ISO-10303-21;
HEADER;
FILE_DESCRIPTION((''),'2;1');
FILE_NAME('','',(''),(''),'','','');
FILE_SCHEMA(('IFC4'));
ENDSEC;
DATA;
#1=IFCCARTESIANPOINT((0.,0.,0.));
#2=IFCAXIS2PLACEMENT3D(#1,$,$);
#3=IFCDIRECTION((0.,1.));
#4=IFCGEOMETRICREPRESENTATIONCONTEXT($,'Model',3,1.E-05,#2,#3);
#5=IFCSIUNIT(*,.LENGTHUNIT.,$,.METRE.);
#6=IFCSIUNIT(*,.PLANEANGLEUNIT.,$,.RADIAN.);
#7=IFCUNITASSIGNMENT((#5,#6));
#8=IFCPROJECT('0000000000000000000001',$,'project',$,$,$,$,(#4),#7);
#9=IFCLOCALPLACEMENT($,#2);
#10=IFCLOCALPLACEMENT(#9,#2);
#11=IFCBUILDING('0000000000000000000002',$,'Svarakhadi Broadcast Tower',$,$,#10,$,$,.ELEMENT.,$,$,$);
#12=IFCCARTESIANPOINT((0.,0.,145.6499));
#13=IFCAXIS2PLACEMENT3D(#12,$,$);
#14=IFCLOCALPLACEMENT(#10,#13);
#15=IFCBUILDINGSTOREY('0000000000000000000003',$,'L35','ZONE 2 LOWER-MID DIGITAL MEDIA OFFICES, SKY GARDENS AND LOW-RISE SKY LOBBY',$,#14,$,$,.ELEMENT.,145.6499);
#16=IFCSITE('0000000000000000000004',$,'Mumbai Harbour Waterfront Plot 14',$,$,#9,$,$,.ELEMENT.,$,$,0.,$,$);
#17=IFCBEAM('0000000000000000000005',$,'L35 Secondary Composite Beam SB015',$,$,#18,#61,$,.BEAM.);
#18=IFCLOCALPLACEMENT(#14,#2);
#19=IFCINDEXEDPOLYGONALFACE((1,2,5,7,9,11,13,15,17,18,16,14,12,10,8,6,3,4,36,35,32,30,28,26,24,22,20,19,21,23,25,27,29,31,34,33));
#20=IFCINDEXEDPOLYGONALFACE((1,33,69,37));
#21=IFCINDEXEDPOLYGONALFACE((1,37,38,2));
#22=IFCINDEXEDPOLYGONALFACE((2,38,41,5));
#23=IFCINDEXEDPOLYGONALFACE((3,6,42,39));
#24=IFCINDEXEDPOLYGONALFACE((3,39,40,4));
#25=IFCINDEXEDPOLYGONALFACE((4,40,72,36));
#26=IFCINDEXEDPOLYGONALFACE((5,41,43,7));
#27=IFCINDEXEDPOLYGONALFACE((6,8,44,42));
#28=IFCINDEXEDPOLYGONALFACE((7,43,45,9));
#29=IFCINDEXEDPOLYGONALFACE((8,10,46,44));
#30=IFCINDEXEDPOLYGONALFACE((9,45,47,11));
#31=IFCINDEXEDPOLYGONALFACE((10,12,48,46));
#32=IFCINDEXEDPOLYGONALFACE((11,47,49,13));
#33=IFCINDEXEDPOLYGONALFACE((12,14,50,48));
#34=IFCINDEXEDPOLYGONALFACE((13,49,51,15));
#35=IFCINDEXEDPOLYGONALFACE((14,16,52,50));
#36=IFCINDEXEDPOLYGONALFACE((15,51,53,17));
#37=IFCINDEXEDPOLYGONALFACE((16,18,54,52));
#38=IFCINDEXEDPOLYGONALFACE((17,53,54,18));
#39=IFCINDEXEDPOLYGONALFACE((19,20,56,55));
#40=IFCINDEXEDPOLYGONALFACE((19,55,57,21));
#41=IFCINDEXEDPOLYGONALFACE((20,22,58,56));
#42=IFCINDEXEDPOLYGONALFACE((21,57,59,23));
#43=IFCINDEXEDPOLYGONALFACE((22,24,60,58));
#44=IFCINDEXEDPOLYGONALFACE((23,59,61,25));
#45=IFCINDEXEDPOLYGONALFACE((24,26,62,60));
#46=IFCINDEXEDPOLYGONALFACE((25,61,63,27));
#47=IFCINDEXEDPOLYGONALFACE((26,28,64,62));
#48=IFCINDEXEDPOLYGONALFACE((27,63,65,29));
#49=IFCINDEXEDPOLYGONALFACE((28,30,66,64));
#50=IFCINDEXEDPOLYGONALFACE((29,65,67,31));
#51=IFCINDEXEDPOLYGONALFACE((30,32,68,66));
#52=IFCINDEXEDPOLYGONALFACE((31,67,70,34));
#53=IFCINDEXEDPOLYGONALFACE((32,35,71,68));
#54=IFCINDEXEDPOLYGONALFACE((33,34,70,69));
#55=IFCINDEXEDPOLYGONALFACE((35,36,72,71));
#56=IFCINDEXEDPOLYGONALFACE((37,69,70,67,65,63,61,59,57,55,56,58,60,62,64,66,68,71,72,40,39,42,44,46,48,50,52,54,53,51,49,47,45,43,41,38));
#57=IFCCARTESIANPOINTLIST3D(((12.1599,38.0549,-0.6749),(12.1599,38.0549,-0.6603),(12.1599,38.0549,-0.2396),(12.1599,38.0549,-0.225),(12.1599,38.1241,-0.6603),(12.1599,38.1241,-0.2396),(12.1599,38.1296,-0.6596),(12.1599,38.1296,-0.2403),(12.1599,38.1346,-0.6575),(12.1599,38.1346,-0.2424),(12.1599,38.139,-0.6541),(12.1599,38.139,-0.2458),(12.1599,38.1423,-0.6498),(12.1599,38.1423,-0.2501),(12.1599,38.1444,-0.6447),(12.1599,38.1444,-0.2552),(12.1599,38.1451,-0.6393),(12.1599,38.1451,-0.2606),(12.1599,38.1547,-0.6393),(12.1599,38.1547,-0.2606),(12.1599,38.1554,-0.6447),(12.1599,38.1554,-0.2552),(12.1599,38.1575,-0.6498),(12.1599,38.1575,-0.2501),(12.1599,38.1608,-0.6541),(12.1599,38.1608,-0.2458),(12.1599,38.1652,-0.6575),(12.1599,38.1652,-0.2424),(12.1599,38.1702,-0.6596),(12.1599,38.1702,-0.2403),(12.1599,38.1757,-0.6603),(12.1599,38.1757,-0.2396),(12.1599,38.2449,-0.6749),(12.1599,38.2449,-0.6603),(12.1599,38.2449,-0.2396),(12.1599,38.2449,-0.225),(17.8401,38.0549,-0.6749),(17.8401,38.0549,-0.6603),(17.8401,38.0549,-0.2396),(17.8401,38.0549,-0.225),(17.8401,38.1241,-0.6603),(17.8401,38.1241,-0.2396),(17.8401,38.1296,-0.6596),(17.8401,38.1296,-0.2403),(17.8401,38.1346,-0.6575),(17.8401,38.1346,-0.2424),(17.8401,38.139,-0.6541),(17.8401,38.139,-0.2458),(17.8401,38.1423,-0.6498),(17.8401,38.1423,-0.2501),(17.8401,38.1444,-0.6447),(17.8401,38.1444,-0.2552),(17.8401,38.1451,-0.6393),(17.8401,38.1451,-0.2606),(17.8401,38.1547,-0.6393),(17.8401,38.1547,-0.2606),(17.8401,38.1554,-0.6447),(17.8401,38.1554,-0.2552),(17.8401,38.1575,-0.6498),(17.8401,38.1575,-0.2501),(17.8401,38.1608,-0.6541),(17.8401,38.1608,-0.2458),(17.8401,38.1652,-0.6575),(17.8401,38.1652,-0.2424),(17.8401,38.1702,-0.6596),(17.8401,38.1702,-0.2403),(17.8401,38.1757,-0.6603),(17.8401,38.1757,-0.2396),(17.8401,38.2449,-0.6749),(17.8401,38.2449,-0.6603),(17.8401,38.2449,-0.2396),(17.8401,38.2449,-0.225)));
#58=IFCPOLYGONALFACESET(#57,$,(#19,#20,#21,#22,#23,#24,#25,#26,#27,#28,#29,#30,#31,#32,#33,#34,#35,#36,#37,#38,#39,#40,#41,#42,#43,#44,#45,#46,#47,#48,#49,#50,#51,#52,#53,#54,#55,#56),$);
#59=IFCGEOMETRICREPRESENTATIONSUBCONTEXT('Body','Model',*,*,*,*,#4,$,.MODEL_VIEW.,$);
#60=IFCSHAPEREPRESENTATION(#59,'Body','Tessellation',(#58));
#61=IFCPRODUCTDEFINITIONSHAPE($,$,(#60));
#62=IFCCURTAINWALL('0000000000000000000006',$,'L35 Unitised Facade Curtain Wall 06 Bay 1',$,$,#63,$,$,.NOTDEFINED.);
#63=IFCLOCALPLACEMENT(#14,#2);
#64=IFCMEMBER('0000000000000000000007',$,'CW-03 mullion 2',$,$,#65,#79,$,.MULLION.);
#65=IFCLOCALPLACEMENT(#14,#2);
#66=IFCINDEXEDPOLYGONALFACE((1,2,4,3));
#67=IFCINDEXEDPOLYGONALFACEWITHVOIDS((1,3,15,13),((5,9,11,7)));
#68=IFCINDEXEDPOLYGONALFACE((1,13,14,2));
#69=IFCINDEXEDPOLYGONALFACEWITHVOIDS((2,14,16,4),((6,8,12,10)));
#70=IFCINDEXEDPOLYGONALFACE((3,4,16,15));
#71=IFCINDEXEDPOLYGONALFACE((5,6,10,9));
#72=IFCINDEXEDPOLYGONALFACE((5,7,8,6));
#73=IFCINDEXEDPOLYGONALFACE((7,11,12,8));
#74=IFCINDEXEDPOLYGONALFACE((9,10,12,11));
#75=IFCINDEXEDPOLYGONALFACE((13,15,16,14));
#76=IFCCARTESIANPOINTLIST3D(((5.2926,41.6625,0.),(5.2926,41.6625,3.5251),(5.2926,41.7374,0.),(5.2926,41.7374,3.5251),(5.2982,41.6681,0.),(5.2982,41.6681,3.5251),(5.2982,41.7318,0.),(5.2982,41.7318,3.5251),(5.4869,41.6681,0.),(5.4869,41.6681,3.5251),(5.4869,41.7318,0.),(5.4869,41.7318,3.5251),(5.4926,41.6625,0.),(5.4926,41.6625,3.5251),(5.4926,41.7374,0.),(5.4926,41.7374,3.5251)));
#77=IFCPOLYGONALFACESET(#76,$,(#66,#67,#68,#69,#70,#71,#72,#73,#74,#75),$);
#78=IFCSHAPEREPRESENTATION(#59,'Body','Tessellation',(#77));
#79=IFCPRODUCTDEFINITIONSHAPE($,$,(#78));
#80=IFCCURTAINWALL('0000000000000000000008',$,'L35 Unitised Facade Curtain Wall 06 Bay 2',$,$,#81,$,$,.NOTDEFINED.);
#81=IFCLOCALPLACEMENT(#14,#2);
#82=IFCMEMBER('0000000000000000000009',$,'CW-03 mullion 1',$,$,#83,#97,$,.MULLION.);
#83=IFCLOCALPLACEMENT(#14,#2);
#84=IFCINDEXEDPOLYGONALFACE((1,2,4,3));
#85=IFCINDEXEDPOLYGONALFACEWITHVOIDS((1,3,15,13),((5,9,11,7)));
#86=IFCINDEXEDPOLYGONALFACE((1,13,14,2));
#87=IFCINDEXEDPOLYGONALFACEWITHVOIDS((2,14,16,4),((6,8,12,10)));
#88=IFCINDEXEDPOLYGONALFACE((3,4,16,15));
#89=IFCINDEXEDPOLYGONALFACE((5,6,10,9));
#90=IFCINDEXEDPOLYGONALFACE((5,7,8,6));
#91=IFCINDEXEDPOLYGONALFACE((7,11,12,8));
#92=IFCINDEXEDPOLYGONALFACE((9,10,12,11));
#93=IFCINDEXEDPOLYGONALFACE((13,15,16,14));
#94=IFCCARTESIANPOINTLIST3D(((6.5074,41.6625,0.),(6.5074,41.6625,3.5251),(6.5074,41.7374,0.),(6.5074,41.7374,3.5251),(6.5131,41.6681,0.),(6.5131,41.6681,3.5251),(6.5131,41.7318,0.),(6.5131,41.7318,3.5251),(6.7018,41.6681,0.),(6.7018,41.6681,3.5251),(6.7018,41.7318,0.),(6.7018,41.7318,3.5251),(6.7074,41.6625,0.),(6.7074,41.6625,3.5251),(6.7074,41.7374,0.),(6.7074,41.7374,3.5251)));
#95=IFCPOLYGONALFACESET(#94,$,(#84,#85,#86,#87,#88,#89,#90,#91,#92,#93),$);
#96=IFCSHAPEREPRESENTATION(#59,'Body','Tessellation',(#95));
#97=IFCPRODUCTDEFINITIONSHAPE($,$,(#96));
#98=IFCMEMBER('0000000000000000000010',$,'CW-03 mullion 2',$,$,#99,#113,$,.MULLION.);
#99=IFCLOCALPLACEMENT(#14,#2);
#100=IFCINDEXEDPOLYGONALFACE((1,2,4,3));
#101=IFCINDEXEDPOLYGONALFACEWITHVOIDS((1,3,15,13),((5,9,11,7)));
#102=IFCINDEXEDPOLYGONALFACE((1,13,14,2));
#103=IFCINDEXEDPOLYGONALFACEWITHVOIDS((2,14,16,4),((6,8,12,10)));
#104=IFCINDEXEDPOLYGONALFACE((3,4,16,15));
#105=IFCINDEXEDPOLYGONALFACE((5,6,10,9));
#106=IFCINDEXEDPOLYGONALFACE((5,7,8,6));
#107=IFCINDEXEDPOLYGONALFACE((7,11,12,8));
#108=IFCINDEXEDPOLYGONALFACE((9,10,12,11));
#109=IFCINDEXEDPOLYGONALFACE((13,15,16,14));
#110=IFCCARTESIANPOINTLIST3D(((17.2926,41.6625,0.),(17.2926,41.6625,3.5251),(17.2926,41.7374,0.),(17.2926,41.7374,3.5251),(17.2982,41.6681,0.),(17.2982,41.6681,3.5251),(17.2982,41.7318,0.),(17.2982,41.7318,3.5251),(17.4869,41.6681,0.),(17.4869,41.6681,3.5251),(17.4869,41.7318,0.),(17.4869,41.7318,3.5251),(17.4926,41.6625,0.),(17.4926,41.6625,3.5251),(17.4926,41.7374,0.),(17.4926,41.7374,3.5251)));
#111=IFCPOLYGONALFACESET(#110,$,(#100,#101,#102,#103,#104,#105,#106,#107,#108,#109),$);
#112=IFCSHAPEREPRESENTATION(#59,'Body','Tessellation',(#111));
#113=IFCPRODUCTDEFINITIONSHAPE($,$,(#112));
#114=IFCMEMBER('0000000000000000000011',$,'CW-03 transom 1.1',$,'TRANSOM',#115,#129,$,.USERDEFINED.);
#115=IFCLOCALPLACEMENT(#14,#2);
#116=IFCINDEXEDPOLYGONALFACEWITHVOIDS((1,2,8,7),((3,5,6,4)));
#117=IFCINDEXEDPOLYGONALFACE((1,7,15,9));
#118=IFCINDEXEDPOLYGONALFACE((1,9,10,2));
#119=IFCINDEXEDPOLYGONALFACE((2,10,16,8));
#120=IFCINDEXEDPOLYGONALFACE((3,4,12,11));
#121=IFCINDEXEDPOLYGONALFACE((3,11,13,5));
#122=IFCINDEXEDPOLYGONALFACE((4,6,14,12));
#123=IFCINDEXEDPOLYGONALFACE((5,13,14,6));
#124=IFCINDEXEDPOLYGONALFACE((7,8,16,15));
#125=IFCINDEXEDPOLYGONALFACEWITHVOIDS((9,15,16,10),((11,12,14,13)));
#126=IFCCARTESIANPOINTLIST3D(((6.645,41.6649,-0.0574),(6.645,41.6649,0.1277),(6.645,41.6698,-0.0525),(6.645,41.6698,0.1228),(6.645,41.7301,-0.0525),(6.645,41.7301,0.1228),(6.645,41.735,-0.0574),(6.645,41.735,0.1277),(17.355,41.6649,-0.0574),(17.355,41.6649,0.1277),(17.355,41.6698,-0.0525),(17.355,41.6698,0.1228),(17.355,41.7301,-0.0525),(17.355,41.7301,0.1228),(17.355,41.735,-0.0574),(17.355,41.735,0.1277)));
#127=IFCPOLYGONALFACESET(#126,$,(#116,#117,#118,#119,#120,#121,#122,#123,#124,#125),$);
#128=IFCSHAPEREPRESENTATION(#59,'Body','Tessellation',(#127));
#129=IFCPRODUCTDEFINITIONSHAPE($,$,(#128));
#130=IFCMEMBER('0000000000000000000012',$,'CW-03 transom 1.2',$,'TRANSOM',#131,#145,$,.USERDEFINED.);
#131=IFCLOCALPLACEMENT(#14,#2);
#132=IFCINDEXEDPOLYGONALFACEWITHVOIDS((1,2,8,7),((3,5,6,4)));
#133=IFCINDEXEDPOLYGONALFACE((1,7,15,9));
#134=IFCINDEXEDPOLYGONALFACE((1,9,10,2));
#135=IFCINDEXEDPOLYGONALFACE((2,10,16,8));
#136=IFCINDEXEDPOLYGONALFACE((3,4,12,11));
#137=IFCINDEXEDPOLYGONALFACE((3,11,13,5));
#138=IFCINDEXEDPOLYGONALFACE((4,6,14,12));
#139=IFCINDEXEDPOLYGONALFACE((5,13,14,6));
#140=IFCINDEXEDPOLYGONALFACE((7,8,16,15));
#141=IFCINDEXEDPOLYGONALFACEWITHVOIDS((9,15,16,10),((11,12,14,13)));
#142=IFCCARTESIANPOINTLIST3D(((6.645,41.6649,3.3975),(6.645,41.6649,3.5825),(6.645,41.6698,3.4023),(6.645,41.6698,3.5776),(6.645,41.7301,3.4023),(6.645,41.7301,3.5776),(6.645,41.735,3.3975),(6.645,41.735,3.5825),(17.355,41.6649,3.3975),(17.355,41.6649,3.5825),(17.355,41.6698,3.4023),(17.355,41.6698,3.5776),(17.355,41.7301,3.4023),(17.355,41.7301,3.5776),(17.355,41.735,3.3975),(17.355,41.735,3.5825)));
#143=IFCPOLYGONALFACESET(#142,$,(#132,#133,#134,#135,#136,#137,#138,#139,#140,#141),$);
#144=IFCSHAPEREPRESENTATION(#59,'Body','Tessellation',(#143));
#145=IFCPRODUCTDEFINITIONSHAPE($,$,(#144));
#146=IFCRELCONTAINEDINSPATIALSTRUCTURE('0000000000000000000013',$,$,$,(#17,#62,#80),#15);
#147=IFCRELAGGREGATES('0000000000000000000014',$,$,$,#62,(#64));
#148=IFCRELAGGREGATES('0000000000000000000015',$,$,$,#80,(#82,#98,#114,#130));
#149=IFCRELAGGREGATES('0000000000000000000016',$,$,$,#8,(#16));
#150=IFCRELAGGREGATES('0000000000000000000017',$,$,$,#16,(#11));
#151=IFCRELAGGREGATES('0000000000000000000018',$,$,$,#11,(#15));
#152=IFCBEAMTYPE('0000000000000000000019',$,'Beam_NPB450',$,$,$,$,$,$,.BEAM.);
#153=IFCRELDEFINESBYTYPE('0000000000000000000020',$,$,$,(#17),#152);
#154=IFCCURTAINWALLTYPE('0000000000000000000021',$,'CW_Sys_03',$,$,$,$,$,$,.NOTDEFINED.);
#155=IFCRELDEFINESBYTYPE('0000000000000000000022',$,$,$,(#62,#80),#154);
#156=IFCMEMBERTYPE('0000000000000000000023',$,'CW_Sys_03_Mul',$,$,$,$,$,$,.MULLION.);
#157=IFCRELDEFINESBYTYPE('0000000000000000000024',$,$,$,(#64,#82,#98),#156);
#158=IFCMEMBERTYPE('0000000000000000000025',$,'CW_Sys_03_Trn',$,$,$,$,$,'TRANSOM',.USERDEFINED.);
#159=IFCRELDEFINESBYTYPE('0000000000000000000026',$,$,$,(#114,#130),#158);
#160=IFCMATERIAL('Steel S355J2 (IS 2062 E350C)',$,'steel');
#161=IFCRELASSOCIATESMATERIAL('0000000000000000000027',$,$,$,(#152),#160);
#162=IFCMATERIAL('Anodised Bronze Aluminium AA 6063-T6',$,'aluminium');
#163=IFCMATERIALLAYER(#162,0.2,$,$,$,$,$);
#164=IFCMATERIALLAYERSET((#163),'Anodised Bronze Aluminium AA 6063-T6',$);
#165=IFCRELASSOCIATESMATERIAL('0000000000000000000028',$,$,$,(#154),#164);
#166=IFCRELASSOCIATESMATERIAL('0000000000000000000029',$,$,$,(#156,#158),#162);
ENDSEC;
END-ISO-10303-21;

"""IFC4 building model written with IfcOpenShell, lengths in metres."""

from ifc_helpers import new_model, si_unit, direction, frame, origin, origin_2d, place, context, subcontext, project, spatial, hollow_rectangle, i_section, extrude, material, layer, layer_set, material_profile, profile_set, type_object, element, aggregate, save


model = new_model("IFC4")

# Units and contexts
model_context = context("Model", 3, precision=1e-05, world=origin(), true_north=direction((0.0, 1.0)))
body_context = subcontext(model_context, "Body", "Model", "MODEL_VIEW")
ifc_project = project(units=[si_unit("LENGTHUNIT", "METRE"), si_unit("PLANEANGLEUNIT", "RADIAN")], contexts=[model_context])

# Site, building, storey
site_placement = place(None, origin())
site = spatial("IfcSite", under=ifc_project, at=site_placement, Name="Mumbai Harbour Waterfront Plot 14", CompositionType="ELEMENT", RefElevation=0.0)
building_placement = place(site_placement, origin())
building = spatial("IfcBuilding", under=site, at=building_placement, Name="Svarakhadi Broadcast Tower", CompositionType="ELEMENT")
storey_placement = place(building_placement, frame((0.0, 0.0, 145.6499)))
storey = spatial("IfcBuildingStorey", under=building, at=storey_placement, Name="L35", Description="ZONE 2 LOWER-MID DIGITAL MEDIA OFFICES, SKY GARDENS AND LOW-RISE SKY LOBBY", CompositionType="ELEMENT", Elevation=145.6499)

# Beam
ifc_material_1 = material(Name="Steel S355J2 (IS 2062 E350C)", Category="steel")
ifc_material_profile_1 = material_profile(ifc_material_1, i_section(OverallWidth=0.1899, OverallDepth=0.45, WebThickness=0.0095, FlangeThickness=0.0146, FilletRadius=0.021, at=origin_2d()), Name="NPB 450x190x78")
ifc_profile_set_1 = profile_set([ifc_material_profile_1], Name="Steel S355J2 (IS 2062 E350C)")
beam_type_1 = type_object("IfcBeamType", Name="Beam_NPB450", PredefinedType="BEAM", material=ifc_profile_set_1)
for number, where, z_axis, x_axis, name in (
    (1, (12.1599, 38.1499, -0.45), (1.0, 0.0, 0.0), (0.0, 1.0, 0.0), "L35 Secondary Composite Beam SB015"),
):
    element("IfcBeam", number, at=place(storey_placement, frame(where, z_axis=z_axis, x_axis=x_axis)), inside=storey, type_object=beam_type_1, Name=name, PredefinedType="BEAM", context=body_context, shape_type="SweptSolid", body=[
        extrude(i_section(OverallWidth=0.1899, OverallDepth=0.45, WebThickness=0.0095, FlangeThickness=0.0146, FilletRadius=0.021, at=origin_2d()), origin(), (0.0, 0.0, 1.0), 5.6802),
    ])

# Curtain wall, member
ifc_material_2 = material(Name="Anodised Bronze Aluminium AA 6063-T6", Category="aluminium")
ifc_layer_1 = layer(ifc_material_2, 0.2)
ifc_layer_set_1 = layer_set([ifc_layer_1], Name="Anodised Bronze Aluminium AA 6063-T6")
curtain_wall_type = type_object("IfcCurtainWallType", Name="CW_Sys_03", PredefinedType="NOTDEFINED", material=ifc_layer_set_1)
curtain_wall_1_placement = place(storey_placement, origin())
curtain_wall_1 = element("IfcCurtainWall", 2, at=curtain_wall_1_placement, inside=storey, type_object=curtain_wall_type, Name="L35 Unitised Facade Curtain Wall 06 Bay 1", PredefinedType="NOTDEFINED")
ifc_material_profile_2 = material_profile(ifc_material_2, hollow_rectangle(XDim=0.075, YDim=0.2, WallThickness=0.0056, at=origin_2d()), Name="ALU MULLION 200x75x6")
ifc_profile_set_2 = profile_set([ifc_material_profile_2], Name="Anodised Bronze Aluminium AA 6063-T6")
member_type_1 = type_object("IfcMemberType", Name="CW_Sys_03_Mul", PredefinedType="MULLION", material=ifc_profile_set_2)
member_1_placement = place(storey_placement, frame((5.3926, 41.7, 0.0), z_axis=(0.0, 0.0, 1.0), x_axis=(0.0, 1.0, 0.0)))
member_1 = element("IfcMember", 3, at=member_1_placement, type_object=member_type_1, Name="CW-03 mullion 2", PredefinedType="MULLION", context=body_context, shape_type="SweptSolid", body=[
    extrude(hollow_rectangle(XDim=0.075, YDim=0.2, WallThickness=0.0056, at=origin_2d()), origin(), (0.0, 0.0, 1.0), 3.5251),
])
aggregate(curtain_wall_1, [member_1])

# Curtain wall, members
curtain_wall_2_placement = place(storey_placement, origin())
curtain_wall_2 = element("IfcCurtainWall", 4, at=curtain_wall_2_placement, inside=storey, type_object=curtain_wall_type, Name="L35 Unitised Facade Curtain Wall 06 Bay 2", PredefinedType="NOTDEFINED")
member_2_placement = place(storey_placement, frame((6.6074, 41.7, 0.0), z_axis=(0.0, 0.0, 1.0), x_axis=(0.0, 1.0, 0.0)))
member_2 = element("IfcMember", 5, at=member_2_placement, type_object=member_type_1, Name="CW-03 mullion 1", PredefinedType="MULLION", context=body_context, shape_type="SweptSolid", body=[
    extrude(hollow_rectangle(XDim=0.075, YDim=0.2, WallThickness=0.0056, at=origin_2d()), origin(), (0.0, 0.0, 1.0), 3.5251),
])
member_3_placement = place(storey_placement, frame((17.3926, 41.7, 0.0), z_axis=(0.0, 0.0, 1.0), x_axis=(0.0, 1.0, 0.0)))
member_3 = element("IfcMember", 6, at=member_3_placement, type_object=member_type_1, Name="CW-03 mullion 2", PredefinedType="MULLION", context=body_context, shape_type="SweptSolid", body=[
    extrude(hollow_rectangle(XDim=0.075, YDim=0.2, WallThickness=0.0056, at=origin_2d()), origin(), (0.0, 0.0, 1.0), 3.5251),
])
ifc_material_profile_3 = material_profile(ifc_material_2, hollow_rectangle(XDim=0.0701, YDim=0.1851, WallThickness=0.0049, at=origin_2d()), Name="ALU TRANSOM 185x70x5")
ifc_profile_set_3 = profile_set([ifc_material_profile_3], Name="Anodised Bronze Aluminium AA 6063-T6")
member_type_2 = type_object("IfcMemberType", Name="CW_Sys_03_Trn", ElementType="TRANSOM", PredefinedType="USERDEFINED", material=ifc_profile_set_3)
member_4_placement = place(storey_placement, frame((6.645, 41.7, 0.0352), z_axis=(1.0, 0.0, 0.0), x_axis=(0.0, 1.0, 0.0)))
member_4 = element("IfcMember", 7, at=member_4_placement, type_object=member_type_2, Name="CW-03 transom 1.1", ObjectType="TRANSOM", PredefinedType="USERDEFINED", context=body_context, shape_type="SweptSolid", body=[
    extrude(hollow_rectangle(XDim=0.0701, YDim=0.1851, WallThickness=0.0049, at=origin_2d()), origin(), (0.0, 0.0, 1.0), 10.71),
])
member_5_placement = place(storey_placement, frame((6.645, 41.7, 3.49), z_axis=(1.0, 0.0, 0.0), x_axis=(0.0, 1.0, 0.0)))
member_5 = element("IfcMember", 8, at=member_5_placement, type_object=member_type_2, Name="CW-03 transom 1.2", ObjectType="TRANSOM", PredefinedType="USERDEFINED", context=body_context, shape_type="SweptSolid", body=[
    extrude(hollow_rectangle(XDim=0.0701, YDim=0.1851, WallThickness=0.0049, at=origin_2d()), origin(), (0.0, 0.0, 1.0), 10.71),
])

aggregate(curtain_wall_2, [member_2, member_3, member_4, member_5])

save(model, "model.ifc")
